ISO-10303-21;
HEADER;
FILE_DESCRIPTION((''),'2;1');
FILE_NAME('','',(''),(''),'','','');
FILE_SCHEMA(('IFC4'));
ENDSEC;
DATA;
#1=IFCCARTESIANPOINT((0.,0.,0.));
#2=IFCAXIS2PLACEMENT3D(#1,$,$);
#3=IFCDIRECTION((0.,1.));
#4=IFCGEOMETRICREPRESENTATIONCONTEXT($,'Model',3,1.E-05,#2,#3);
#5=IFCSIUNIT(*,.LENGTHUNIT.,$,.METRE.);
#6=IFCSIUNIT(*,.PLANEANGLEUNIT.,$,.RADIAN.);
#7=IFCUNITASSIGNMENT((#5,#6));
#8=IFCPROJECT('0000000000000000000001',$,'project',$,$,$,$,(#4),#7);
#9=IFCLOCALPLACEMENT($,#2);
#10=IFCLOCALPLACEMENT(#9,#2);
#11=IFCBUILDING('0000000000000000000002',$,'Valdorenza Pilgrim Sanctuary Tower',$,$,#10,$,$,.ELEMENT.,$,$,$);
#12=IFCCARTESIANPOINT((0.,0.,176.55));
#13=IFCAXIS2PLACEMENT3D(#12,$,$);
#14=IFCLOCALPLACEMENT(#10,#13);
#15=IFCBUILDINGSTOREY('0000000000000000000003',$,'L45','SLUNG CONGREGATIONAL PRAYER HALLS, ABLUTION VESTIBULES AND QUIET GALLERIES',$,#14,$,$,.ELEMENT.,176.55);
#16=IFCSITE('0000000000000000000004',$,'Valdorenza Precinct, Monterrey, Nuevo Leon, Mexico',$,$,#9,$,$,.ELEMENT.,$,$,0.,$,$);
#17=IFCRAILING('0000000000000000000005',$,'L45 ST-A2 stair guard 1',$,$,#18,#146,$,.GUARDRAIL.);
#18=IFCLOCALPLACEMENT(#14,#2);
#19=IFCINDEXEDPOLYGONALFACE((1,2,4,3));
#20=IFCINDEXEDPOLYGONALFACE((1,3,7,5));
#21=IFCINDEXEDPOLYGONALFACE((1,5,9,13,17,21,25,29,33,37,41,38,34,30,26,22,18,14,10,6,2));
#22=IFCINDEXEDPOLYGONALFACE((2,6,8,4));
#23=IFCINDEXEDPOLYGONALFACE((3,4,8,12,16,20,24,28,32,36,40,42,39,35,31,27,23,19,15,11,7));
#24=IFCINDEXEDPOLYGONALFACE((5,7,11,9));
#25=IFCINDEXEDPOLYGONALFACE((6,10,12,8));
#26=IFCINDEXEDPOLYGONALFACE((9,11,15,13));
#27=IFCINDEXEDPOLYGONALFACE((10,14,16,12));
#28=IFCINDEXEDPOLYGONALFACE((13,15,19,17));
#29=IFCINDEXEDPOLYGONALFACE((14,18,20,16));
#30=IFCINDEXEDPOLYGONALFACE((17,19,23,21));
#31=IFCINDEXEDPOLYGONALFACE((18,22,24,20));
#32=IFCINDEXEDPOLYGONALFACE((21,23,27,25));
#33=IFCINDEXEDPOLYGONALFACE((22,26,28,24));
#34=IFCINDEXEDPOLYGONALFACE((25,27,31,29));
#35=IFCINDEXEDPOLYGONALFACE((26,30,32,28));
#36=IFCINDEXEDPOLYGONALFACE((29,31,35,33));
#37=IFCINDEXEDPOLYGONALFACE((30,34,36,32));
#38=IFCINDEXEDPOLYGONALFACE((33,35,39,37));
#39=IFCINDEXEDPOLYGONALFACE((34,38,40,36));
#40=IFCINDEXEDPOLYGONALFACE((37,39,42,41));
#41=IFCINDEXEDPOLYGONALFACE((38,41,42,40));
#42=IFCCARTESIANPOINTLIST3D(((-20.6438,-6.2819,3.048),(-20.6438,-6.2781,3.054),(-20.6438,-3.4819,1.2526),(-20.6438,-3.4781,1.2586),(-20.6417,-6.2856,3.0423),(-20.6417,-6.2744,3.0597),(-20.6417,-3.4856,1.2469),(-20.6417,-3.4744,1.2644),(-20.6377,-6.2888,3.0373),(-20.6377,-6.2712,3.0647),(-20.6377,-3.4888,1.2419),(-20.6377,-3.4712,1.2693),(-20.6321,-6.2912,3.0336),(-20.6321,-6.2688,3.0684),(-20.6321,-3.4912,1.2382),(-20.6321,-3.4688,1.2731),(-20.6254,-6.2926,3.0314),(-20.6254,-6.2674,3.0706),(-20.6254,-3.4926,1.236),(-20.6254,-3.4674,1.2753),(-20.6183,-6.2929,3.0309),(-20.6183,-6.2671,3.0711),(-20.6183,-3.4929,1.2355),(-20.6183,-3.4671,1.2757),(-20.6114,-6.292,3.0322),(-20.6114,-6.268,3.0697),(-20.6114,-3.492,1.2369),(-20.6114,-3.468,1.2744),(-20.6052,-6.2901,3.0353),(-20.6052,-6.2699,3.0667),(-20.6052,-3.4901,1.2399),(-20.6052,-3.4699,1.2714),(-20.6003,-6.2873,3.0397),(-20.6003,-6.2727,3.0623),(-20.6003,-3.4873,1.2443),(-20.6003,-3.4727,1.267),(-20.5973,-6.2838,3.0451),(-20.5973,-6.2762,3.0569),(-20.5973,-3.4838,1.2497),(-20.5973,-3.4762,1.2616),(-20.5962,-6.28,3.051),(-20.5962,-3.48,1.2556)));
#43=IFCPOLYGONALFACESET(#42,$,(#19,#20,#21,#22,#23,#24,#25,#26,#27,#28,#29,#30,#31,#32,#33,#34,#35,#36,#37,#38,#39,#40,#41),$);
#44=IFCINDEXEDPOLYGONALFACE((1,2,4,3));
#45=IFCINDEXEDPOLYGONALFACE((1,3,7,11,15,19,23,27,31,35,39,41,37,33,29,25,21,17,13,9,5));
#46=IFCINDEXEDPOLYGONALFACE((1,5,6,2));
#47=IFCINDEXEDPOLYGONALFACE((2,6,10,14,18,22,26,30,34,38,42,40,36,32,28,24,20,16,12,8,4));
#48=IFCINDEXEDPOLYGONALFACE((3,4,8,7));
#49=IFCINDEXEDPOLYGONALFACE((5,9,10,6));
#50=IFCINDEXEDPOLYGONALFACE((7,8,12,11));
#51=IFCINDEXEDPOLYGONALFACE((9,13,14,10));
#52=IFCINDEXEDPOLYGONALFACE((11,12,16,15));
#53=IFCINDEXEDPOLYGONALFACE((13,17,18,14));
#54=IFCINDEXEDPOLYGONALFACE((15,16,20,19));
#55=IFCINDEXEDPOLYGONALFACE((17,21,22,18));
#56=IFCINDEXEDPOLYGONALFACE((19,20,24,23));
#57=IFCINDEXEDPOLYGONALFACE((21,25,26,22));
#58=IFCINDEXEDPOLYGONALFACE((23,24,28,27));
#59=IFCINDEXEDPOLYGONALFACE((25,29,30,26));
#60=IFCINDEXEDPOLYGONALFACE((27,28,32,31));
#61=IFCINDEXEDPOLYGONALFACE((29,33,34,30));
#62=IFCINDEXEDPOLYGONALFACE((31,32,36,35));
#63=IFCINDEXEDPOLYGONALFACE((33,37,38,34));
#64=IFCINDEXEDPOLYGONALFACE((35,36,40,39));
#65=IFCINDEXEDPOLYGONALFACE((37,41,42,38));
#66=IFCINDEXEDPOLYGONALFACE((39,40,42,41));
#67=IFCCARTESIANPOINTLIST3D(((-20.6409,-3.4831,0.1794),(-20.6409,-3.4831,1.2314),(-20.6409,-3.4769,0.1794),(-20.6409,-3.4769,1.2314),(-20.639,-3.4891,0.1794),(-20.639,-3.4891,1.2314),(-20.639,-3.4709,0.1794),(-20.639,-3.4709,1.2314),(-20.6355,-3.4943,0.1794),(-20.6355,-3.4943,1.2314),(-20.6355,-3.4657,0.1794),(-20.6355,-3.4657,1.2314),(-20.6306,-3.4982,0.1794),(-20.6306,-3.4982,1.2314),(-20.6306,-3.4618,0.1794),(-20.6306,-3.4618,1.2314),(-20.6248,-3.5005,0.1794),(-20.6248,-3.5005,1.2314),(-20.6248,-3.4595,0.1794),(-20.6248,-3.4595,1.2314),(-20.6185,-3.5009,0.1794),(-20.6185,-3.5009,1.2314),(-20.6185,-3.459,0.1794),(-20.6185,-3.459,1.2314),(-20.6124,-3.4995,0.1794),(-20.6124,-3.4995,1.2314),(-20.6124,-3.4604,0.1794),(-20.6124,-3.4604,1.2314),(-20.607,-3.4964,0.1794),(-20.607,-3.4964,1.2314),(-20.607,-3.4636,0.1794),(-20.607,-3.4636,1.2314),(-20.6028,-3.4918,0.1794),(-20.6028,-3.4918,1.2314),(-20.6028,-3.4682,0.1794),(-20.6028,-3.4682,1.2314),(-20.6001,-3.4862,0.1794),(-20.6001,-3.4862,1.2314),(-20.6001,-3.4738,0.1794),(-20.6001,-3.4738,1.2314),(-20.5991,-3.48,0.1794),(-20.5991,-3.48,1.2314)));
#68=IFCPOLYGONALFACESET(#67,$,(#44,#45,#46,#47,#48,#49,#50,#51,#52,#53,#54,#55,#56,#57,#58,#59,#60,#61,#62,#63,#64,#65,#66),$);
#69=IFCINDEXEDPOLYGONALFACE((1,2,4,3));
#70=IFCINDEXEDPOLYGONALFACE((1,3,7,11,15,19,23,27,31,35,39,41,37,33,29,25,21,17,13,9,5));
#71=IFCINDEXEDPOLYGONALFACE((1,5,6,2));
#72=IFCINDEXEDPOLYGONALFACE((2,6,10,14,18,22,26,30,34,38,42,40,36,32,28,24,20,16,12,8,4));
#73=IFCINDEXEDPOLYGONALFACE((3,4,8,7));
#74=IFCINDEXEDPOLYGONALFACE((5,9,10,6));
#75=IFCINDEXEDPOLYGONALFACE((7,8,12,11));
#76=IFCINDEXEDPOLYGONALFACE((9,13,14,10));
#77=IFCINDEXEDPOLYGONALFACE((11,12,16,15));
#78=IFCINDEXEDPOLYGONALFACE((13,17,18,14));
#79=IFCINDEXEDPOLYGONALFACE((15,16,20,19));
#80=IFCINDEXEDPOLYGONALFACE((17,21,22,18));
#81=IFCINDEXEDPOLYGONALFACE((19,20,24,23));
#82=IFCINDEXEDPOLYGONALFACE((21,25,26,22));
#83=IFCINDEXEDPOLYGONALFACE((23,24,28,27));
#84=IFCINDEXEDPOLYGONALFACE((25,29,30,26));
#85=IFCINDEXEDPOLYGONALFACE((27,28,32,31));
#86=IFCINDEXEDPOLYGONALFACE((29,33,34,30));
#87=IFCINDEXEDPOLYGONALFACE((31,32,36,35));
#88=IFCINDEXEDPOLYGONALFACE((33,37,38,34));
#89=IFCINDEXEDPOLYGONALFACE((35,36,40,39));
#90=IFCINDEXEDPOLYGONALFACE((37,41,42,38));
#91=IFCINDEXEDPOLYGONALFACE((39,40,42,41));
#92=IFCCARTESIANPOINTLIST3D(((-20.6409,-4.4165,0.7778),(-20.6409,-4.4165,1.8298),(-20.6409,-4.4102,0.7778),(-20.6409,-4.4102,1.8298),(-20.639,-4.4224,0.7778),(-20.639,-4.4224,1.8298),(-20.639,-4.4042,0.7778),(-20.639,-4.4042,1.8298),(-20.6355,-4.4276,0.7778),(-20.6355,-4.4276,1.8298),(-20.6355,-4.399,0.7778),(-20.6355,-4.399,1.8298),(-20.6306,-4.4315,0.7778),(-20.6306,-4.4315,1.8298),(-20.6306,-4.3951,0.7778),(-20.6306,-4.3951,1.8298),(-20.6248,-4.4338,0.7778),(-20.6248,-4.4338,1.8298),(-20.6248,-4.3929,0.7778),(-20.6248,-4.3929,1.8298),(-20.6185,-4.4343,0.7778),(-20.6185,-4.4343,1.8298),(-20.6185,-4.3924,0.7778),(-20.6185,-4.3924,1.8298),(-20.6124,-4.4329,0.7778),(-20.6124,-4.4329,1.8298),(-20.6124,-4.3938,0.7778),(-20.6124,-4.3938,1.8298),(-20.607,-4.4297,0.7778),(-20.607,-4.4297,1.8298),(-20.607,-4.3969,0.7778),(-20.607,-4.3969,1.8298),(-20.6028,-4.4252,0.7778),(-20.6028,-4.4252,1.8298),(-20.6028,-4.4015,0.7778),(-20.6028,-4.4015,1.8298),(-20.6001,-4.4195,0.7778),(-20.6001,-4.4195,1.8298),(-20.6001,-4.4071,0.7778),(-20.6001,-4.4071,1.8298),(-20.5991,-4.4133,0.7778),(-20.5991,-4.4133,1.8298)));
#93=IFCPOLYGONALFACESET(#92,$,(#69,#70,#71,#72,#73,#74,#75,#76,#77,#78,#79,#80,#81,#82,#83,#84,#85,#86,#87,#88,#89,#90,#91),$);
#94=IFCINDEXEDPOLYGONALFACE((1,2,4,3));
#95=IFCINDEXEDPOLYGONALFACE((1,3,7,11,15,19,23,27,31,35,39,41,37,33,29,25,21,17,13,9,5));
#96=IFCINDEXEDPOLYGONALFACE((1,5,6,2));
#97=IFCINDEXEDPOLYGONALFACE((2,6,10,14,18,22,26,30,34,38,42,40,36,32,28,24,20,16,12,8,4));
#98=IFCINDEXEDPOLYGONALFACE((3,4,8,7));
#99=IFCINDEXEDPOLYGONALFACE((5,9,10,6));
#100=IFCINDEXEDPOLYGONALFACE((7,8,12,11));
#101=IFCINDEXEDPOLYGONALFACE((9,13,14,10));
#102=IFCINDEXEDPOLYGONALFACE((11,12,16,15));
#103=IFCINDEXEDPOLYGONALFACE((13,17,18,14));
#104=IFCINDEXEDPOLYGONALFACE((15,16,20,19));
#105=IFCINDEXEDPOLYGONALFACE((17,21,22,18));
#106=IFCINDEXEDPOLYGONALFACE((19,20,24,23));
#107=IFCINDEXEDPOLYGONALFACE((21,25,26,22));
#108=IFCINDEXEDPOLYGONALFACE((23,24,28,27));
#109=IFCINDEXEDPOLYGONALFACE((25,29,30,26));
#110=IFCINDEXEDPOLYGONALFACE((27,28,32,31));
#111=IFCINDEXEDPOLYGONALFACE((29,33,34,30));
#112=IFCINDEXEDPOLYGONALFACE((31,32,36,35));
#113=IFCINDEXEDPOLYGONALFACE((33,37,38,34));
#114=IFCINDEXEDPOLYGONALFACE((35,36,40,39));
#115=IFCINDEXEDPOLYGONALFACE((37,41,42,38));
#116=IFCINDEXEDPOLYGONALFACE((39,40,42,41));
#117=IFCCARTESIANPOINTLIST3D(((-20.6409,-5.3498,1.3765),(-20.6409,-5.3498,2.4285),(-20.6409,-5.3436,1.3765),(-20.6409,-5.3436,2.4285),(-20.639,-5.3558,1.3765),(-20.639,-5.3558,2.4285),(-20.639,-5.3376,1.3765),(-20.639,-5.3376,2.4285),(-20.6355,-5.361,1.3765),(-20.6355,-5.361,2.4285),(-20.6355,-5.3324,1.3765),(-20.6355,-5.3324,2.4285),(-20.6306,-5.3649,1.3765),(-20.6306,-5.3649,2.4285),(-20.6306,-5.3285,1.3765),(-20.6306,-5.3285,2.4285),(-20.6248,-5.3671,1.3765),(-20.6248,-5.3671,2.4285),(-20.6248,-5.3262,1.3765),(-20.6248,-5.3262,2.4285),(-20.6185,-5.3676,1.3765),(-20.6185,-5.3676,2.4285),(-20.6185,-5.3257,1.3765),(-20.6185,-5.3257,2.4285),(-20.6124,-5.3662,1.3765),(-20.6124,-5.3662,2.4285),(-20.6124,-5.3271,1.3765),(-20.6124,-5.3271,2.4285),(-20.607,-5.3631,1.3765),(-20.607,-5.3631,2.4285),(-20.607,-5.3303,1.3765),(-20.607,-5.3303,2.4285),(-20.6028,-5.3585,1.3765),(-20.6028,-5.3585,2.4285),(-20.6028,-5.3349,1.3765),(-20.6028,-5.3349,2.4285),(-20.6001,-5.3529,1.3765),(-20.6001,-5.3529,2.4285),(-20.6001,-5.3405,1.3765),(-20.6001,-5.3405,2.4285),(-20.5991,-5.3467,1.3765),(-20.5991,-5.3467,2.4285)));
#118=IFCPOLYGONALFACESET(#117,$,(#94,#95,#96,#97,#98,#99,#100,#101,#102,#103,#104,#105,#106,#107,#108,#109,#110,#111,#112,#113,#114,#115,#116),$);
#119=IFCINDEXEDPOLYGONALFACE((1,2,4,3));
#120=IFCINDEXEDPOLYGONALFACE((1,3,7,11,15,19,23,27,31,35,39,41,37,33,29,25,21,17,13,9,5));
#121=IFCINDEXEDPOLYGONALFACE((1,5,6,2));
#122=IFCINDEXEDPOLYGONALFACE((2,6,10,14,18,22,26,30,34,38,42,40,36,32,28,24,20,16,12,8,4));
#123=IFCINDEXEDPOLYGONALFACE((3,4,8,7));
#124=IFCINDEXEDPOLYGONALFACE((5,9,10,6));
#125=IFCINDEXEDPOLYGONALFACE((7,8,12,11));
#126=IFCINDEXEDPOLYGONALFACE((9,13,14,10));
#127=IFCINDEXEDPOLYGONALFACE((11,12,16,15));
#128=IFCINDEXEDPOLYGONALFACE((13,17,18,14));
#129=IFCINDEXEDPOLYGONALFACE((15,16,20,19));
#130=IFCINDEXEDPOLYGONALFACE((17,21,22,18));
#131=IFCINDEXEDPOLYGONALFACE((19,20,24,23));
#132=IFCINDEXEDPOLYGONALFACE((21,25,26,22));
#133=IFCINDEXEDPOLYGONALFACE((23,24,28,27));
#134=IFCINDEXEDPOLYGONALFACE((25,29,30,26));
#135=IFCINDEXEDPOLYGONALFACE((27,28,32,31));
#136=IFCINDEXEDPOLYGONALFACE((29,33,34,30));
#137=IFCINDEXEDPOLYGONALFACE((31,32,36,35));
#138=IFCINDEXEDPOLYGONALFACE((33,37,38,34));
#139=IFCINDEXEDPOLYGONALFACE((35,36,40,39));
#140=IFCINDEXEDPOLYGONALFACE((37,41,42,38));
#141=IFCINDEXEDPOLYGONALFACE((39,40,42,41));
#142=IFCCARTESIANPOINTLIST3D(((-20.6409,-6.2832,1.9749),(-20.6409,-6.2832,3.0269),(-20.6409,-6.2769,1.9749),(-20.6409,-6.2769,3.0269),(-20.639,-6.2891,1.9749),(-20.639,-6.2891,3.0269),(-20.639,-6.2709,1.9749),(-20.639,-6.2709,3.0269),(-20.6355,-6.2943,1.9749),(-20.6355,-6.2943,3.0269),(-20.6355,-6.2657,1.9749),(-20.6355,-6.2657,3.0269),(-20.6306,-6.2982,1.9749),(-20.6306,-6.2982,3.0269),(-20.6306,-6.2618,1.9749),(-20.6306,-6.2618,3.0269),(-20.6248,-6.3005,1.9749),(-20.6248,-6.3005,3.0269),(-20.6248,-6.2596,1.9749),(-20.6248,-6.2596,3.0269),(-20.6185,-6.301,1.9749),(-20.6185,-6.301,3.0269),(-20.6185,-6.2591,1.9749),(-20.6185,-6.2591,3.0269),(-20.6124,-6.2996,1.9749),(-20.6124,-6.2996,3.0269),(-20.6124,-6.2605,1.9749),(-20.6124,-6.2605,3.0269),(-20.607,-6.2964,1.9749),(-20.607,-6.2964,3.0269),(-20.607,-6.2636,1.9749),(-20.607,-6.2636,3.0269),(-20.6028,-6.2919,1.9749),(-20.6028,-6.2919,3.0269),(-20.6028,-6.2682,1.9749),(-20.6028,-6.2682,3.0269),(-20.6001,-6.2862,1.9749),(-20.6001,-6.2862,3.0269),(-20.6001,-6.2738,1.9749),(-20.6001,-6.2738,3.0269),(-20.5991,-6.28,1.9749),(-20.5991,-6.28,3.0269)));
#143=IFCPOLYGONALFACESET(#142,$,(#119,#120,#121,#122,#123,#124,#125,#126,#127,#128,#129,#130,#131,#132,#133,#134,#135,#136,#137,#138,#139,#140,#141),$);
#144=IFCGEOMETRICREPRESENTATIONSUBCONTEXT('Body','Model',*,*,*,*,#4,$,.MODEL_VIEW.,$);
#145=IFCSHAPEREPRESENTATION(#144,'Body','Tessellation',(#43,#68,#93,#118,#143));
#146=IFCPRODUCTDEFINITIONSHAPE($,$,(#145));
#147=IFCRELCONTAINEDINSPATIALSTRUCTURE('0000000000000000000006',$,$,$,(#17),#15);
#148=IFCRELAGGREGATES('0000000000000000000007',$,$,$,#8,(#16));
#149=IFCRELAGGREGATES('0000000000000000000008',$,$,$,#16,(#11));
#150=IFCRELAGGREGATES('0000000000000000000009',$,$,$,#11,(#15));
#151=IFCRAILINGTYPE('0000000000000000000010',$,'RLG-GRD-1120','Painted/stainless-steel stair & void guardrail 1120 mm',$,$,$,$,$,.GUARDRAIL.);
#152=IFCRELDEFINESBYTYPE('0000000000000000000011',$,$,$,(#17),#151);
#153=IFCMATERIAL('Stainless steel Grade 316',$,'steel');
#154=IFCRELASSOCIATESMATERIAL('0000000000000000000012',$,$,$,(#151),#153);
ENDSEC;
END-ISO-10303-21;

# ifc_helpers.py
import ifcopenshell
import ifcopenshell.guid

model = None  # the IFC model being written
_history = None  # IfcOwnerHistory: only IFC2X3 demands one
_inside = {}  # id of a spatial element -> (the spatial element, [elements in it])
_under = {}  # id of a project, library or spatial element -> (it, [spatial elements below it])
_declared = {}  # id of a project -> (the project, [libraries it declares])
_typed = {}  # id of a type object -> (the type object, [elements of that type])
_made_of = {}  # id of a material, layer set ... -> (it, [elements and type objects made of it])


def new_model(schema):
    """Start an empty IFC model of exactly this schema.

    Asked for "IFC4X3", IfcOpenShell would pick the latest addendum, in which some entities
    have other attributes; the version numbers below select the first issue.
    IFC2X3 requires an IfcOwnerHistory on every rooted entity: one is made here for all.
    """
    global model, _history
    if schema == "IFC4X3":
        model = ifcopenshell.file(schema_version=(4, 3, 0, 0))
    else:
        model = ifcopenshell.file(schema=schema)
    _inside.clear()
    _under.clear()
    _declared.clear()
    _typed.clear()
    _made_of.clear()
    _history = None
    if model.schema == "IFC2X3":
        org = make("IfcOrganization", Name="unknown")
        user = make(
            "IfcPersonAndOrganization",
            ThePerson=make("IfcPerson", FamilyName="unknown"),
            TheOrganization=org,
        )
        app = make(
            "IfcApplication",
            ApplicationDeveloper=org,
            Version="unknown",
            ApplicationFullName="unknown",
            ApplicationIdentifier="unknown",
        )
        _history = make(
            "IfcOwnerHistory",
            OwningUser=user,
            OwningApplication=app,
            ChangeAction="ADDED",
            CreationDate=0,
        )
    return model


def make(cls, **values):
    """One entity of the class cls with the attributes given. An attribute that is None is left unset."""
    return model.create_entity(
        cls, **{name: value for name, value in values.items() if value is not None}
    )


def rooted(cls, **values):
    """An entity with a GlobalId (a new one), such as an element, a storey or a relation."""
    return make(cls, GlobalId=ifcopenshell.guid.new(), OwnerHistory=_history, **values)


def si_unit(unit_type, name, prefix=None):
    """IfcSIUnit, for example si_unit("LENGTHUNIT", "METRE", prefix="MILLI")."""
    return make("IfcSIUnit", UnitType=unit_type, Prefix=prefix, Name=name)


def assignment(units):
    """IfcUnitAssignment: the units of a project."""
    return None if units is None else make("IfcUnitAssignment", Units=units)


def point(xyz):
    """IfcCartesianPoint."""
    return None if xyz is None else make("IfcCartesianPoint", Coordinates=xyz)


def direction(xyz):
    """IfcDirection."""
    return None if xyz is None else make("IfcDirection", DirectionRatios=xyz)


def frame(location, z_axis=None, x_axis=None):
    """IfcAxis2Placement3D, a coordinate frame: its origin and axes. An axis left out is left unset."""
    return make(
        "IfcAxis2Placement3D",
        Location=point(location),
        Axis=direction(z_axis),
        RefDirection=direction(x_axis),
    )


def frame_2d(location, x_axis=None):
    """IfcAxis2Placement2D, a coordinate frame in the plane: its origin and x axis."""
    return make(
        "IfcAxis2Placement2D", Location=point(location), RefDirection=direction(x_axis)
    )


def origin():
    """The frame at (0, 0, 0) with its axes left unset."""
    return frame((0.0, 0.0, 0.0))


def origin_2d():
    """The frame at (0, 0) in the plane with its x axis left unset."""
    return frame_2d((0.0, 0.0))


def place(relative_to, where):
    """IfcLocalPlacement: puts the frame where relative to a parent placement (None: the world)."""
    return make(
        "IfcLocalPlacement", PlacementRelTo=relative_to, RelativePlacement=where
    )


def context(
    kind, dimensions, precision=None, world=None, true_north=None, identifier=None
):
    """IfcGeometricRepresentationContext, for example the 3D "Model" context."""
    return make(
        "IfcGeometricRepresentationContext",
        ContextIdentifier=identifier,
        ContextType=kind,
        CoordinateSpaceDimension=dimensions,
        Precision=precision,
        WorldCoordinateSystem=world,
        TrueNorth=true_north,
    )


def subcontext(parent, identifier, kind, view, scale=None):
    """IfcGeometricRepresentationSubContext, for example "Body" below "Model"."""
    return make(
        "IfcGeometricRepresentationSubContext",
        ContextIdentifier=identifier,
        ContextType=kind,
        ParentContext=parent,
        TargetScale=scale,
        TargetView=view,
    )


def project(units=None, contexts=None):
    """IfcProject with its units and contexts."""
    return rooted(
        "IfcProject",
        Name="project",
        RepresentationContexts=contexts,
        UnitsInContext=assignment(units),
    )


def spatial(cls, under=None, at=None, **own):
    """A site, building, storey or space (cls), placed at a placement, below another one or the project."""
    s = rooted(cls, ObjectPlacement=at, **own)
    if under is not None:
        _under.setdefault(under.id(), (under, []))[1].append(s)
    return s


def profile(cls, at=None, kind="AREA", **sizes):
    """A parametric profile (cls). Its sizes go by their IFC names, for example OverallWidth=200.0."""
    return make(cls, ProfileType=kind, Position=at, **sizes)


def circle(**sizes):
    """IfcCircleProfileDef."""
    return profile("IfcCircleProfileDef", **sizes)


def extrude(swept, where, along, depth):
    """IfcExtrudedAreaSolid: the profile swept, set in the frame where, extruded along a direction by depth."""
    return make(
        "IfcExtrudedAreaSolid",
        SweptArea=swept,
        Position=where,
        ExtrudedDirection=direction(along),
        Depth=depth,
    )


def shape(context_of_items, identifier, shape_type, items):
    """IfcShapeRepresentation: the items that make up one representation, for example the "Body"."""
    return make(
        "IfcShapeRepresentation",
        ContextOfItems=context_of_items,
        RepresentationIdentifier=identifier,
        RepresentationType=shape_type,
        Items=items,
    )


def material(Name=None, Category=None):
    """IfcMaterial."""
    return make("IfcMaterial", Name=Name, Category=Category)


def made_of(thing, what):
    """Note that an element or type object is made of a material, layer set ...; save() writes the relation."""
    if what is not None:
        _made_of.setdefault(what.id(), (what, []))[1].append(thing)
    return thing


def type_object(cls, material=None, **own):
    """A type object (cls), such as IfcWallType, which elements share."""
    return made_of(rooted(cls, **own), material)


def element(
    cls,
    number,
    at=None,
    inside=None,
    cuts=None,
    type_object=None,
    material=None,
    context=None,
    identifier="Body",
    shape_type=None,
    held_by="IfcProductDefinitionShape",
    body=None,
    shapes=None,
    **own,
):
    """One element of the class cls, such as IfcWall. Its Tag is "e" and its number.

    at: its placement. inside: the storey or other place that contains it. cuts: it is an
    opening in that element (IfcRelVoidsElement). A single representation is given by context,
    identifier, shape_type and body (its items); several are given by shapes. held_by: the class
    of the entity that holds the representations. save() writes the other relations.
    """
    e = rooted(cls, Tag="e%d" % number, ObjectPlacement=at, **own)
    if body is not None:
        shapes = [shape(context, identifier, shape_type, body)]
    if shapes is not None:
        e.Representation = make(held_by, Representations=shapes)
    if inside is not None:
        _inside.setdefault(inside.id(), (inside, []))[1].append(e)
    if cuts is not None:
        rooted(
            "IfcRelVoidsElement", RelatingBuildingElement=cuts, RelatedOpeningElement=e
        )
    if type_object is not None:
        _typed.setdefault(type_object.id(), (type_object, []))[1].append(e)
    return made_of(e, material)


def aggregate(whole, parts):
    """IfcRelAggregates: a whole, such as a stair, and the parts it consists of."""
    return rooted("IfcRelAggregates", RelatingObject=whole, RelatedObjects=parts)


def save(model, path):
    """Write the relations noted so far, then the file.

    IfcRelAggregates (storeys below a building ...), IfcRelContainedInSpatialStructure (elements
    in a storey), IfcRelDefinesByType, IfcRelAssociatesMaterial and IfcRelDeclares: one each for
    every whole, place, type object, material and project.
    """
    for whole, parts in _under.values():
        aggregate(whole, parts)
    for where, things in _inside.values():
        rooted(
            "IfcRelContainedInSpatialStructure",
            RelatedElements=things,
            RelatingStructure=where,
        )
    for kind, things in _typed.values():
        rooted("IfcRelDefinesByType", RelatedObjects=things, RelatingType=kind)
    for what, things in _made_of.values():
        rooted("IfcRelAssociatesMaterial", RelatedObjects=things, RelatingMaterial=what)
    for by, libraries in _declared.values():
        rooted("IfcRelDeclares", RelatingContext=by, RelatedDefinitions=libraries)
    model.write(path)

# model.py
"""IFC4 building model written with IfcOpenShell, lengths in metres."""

from ifc_helpers import new_model, si_unit, direction, frame, origin, origin_2d, place, context, subcontext, project, spatial, circle, extrude, material, type_object, element, save


model = new_model("IFC4")

# Units and contexts
model_context = context("Model", 3, precision=1e-05, world=origin(), true_north=direction((0.0, 1.0)))
body_context = subcontext(model_context, "Body", "Model", "MODEL_VIEW")
ifc_project = project(units=[si_unit("LENGTHUNIT", "METRE"), si_unit("PLANEANGLEUNIT", "RADIAN")], contexts=[model_context])

# Site, building, storey
site_placement = place(None, origin())
site = spatial("IfcSite", under=ifc_project, at=site_placement, Name="Valdorenza Precinct, Monterrey, Nuevo Leon, Mexico", CompositionType="ELEMENT", RefElevation=0.0)
building_placement = place(site_placement, origin())
building = spatial("IfcBuilding", under=site, at=building_placement, Name="Valdorenza Pilgrim Sanctuary Tower", CompositionType="ELEMENT")
storey_placement = place(building_placement, frame((0.0, 0.0, 176.55)))
storey = spatial("IfcBuildingStorey", under=building, at=storey_placement, Name="L45", Description="SLUNG CONGREGATIONAL PRAYER HALLS, ABLUTION VESTIBULES AND QUIET GALLERIES", CompositionType="ELEMENT", Elevation=176.55)

# Railing
ifc_material_1 = material(Name="Stainless steel Grade 316", Category="steel")
railing_type_1 = type_object("IfcRailingType", Name="RLG-GRD-1120", Description="Painted/stainless-steel stair & void guardrail 1120 mm", PredefinedType="GUARDRAIL", material=ifc_material_1)
railing_1_placement = place(storey_placement, frame((-20.6201, -3.48, 0.1794)))
element("IfcRailing", 1, at=railing_1_placement, inside=storey, type_object=railing_type_1, Name="L45 ST-A2 stair guard 1", PredefinedType="GUARDRAIL", context=body_context, shape_type="SweptSolid", body=[
    extrude(circle(Radius=0.0239, at=origin_2d()), frame((0.0, 0.0, 1.0762), z_axis=(0.0, -0.84181, 0.539774), x_axis=(1.0, 0.0, 0.0)), (0.0, 0.0, 1.0), 3.3262),
    extrude(circle(Radius=0.021, at=origin_2d()), origin(), (0.0, 0.0, 1.0), 1.052),
    extrude(circle(Radius=0.021, at=origin_2d()), frame((0.0, -0.9333, 0.5984)), (0.0, 0.0, 1.0), 1.052),
    extrude(circle(Radius=0.021, at=origin_2d()), frame((0.0, -1.8667, 1.197)), (0.0, 0.0, 1.0), 1.052),
    extrude(circle(Radius=0.021, at=origin_2d()), frame((0.0, -2.8, 1.7954)), (0.0, 0.0, 1.0), 1.052),
])

save(model, "model.ifc")
